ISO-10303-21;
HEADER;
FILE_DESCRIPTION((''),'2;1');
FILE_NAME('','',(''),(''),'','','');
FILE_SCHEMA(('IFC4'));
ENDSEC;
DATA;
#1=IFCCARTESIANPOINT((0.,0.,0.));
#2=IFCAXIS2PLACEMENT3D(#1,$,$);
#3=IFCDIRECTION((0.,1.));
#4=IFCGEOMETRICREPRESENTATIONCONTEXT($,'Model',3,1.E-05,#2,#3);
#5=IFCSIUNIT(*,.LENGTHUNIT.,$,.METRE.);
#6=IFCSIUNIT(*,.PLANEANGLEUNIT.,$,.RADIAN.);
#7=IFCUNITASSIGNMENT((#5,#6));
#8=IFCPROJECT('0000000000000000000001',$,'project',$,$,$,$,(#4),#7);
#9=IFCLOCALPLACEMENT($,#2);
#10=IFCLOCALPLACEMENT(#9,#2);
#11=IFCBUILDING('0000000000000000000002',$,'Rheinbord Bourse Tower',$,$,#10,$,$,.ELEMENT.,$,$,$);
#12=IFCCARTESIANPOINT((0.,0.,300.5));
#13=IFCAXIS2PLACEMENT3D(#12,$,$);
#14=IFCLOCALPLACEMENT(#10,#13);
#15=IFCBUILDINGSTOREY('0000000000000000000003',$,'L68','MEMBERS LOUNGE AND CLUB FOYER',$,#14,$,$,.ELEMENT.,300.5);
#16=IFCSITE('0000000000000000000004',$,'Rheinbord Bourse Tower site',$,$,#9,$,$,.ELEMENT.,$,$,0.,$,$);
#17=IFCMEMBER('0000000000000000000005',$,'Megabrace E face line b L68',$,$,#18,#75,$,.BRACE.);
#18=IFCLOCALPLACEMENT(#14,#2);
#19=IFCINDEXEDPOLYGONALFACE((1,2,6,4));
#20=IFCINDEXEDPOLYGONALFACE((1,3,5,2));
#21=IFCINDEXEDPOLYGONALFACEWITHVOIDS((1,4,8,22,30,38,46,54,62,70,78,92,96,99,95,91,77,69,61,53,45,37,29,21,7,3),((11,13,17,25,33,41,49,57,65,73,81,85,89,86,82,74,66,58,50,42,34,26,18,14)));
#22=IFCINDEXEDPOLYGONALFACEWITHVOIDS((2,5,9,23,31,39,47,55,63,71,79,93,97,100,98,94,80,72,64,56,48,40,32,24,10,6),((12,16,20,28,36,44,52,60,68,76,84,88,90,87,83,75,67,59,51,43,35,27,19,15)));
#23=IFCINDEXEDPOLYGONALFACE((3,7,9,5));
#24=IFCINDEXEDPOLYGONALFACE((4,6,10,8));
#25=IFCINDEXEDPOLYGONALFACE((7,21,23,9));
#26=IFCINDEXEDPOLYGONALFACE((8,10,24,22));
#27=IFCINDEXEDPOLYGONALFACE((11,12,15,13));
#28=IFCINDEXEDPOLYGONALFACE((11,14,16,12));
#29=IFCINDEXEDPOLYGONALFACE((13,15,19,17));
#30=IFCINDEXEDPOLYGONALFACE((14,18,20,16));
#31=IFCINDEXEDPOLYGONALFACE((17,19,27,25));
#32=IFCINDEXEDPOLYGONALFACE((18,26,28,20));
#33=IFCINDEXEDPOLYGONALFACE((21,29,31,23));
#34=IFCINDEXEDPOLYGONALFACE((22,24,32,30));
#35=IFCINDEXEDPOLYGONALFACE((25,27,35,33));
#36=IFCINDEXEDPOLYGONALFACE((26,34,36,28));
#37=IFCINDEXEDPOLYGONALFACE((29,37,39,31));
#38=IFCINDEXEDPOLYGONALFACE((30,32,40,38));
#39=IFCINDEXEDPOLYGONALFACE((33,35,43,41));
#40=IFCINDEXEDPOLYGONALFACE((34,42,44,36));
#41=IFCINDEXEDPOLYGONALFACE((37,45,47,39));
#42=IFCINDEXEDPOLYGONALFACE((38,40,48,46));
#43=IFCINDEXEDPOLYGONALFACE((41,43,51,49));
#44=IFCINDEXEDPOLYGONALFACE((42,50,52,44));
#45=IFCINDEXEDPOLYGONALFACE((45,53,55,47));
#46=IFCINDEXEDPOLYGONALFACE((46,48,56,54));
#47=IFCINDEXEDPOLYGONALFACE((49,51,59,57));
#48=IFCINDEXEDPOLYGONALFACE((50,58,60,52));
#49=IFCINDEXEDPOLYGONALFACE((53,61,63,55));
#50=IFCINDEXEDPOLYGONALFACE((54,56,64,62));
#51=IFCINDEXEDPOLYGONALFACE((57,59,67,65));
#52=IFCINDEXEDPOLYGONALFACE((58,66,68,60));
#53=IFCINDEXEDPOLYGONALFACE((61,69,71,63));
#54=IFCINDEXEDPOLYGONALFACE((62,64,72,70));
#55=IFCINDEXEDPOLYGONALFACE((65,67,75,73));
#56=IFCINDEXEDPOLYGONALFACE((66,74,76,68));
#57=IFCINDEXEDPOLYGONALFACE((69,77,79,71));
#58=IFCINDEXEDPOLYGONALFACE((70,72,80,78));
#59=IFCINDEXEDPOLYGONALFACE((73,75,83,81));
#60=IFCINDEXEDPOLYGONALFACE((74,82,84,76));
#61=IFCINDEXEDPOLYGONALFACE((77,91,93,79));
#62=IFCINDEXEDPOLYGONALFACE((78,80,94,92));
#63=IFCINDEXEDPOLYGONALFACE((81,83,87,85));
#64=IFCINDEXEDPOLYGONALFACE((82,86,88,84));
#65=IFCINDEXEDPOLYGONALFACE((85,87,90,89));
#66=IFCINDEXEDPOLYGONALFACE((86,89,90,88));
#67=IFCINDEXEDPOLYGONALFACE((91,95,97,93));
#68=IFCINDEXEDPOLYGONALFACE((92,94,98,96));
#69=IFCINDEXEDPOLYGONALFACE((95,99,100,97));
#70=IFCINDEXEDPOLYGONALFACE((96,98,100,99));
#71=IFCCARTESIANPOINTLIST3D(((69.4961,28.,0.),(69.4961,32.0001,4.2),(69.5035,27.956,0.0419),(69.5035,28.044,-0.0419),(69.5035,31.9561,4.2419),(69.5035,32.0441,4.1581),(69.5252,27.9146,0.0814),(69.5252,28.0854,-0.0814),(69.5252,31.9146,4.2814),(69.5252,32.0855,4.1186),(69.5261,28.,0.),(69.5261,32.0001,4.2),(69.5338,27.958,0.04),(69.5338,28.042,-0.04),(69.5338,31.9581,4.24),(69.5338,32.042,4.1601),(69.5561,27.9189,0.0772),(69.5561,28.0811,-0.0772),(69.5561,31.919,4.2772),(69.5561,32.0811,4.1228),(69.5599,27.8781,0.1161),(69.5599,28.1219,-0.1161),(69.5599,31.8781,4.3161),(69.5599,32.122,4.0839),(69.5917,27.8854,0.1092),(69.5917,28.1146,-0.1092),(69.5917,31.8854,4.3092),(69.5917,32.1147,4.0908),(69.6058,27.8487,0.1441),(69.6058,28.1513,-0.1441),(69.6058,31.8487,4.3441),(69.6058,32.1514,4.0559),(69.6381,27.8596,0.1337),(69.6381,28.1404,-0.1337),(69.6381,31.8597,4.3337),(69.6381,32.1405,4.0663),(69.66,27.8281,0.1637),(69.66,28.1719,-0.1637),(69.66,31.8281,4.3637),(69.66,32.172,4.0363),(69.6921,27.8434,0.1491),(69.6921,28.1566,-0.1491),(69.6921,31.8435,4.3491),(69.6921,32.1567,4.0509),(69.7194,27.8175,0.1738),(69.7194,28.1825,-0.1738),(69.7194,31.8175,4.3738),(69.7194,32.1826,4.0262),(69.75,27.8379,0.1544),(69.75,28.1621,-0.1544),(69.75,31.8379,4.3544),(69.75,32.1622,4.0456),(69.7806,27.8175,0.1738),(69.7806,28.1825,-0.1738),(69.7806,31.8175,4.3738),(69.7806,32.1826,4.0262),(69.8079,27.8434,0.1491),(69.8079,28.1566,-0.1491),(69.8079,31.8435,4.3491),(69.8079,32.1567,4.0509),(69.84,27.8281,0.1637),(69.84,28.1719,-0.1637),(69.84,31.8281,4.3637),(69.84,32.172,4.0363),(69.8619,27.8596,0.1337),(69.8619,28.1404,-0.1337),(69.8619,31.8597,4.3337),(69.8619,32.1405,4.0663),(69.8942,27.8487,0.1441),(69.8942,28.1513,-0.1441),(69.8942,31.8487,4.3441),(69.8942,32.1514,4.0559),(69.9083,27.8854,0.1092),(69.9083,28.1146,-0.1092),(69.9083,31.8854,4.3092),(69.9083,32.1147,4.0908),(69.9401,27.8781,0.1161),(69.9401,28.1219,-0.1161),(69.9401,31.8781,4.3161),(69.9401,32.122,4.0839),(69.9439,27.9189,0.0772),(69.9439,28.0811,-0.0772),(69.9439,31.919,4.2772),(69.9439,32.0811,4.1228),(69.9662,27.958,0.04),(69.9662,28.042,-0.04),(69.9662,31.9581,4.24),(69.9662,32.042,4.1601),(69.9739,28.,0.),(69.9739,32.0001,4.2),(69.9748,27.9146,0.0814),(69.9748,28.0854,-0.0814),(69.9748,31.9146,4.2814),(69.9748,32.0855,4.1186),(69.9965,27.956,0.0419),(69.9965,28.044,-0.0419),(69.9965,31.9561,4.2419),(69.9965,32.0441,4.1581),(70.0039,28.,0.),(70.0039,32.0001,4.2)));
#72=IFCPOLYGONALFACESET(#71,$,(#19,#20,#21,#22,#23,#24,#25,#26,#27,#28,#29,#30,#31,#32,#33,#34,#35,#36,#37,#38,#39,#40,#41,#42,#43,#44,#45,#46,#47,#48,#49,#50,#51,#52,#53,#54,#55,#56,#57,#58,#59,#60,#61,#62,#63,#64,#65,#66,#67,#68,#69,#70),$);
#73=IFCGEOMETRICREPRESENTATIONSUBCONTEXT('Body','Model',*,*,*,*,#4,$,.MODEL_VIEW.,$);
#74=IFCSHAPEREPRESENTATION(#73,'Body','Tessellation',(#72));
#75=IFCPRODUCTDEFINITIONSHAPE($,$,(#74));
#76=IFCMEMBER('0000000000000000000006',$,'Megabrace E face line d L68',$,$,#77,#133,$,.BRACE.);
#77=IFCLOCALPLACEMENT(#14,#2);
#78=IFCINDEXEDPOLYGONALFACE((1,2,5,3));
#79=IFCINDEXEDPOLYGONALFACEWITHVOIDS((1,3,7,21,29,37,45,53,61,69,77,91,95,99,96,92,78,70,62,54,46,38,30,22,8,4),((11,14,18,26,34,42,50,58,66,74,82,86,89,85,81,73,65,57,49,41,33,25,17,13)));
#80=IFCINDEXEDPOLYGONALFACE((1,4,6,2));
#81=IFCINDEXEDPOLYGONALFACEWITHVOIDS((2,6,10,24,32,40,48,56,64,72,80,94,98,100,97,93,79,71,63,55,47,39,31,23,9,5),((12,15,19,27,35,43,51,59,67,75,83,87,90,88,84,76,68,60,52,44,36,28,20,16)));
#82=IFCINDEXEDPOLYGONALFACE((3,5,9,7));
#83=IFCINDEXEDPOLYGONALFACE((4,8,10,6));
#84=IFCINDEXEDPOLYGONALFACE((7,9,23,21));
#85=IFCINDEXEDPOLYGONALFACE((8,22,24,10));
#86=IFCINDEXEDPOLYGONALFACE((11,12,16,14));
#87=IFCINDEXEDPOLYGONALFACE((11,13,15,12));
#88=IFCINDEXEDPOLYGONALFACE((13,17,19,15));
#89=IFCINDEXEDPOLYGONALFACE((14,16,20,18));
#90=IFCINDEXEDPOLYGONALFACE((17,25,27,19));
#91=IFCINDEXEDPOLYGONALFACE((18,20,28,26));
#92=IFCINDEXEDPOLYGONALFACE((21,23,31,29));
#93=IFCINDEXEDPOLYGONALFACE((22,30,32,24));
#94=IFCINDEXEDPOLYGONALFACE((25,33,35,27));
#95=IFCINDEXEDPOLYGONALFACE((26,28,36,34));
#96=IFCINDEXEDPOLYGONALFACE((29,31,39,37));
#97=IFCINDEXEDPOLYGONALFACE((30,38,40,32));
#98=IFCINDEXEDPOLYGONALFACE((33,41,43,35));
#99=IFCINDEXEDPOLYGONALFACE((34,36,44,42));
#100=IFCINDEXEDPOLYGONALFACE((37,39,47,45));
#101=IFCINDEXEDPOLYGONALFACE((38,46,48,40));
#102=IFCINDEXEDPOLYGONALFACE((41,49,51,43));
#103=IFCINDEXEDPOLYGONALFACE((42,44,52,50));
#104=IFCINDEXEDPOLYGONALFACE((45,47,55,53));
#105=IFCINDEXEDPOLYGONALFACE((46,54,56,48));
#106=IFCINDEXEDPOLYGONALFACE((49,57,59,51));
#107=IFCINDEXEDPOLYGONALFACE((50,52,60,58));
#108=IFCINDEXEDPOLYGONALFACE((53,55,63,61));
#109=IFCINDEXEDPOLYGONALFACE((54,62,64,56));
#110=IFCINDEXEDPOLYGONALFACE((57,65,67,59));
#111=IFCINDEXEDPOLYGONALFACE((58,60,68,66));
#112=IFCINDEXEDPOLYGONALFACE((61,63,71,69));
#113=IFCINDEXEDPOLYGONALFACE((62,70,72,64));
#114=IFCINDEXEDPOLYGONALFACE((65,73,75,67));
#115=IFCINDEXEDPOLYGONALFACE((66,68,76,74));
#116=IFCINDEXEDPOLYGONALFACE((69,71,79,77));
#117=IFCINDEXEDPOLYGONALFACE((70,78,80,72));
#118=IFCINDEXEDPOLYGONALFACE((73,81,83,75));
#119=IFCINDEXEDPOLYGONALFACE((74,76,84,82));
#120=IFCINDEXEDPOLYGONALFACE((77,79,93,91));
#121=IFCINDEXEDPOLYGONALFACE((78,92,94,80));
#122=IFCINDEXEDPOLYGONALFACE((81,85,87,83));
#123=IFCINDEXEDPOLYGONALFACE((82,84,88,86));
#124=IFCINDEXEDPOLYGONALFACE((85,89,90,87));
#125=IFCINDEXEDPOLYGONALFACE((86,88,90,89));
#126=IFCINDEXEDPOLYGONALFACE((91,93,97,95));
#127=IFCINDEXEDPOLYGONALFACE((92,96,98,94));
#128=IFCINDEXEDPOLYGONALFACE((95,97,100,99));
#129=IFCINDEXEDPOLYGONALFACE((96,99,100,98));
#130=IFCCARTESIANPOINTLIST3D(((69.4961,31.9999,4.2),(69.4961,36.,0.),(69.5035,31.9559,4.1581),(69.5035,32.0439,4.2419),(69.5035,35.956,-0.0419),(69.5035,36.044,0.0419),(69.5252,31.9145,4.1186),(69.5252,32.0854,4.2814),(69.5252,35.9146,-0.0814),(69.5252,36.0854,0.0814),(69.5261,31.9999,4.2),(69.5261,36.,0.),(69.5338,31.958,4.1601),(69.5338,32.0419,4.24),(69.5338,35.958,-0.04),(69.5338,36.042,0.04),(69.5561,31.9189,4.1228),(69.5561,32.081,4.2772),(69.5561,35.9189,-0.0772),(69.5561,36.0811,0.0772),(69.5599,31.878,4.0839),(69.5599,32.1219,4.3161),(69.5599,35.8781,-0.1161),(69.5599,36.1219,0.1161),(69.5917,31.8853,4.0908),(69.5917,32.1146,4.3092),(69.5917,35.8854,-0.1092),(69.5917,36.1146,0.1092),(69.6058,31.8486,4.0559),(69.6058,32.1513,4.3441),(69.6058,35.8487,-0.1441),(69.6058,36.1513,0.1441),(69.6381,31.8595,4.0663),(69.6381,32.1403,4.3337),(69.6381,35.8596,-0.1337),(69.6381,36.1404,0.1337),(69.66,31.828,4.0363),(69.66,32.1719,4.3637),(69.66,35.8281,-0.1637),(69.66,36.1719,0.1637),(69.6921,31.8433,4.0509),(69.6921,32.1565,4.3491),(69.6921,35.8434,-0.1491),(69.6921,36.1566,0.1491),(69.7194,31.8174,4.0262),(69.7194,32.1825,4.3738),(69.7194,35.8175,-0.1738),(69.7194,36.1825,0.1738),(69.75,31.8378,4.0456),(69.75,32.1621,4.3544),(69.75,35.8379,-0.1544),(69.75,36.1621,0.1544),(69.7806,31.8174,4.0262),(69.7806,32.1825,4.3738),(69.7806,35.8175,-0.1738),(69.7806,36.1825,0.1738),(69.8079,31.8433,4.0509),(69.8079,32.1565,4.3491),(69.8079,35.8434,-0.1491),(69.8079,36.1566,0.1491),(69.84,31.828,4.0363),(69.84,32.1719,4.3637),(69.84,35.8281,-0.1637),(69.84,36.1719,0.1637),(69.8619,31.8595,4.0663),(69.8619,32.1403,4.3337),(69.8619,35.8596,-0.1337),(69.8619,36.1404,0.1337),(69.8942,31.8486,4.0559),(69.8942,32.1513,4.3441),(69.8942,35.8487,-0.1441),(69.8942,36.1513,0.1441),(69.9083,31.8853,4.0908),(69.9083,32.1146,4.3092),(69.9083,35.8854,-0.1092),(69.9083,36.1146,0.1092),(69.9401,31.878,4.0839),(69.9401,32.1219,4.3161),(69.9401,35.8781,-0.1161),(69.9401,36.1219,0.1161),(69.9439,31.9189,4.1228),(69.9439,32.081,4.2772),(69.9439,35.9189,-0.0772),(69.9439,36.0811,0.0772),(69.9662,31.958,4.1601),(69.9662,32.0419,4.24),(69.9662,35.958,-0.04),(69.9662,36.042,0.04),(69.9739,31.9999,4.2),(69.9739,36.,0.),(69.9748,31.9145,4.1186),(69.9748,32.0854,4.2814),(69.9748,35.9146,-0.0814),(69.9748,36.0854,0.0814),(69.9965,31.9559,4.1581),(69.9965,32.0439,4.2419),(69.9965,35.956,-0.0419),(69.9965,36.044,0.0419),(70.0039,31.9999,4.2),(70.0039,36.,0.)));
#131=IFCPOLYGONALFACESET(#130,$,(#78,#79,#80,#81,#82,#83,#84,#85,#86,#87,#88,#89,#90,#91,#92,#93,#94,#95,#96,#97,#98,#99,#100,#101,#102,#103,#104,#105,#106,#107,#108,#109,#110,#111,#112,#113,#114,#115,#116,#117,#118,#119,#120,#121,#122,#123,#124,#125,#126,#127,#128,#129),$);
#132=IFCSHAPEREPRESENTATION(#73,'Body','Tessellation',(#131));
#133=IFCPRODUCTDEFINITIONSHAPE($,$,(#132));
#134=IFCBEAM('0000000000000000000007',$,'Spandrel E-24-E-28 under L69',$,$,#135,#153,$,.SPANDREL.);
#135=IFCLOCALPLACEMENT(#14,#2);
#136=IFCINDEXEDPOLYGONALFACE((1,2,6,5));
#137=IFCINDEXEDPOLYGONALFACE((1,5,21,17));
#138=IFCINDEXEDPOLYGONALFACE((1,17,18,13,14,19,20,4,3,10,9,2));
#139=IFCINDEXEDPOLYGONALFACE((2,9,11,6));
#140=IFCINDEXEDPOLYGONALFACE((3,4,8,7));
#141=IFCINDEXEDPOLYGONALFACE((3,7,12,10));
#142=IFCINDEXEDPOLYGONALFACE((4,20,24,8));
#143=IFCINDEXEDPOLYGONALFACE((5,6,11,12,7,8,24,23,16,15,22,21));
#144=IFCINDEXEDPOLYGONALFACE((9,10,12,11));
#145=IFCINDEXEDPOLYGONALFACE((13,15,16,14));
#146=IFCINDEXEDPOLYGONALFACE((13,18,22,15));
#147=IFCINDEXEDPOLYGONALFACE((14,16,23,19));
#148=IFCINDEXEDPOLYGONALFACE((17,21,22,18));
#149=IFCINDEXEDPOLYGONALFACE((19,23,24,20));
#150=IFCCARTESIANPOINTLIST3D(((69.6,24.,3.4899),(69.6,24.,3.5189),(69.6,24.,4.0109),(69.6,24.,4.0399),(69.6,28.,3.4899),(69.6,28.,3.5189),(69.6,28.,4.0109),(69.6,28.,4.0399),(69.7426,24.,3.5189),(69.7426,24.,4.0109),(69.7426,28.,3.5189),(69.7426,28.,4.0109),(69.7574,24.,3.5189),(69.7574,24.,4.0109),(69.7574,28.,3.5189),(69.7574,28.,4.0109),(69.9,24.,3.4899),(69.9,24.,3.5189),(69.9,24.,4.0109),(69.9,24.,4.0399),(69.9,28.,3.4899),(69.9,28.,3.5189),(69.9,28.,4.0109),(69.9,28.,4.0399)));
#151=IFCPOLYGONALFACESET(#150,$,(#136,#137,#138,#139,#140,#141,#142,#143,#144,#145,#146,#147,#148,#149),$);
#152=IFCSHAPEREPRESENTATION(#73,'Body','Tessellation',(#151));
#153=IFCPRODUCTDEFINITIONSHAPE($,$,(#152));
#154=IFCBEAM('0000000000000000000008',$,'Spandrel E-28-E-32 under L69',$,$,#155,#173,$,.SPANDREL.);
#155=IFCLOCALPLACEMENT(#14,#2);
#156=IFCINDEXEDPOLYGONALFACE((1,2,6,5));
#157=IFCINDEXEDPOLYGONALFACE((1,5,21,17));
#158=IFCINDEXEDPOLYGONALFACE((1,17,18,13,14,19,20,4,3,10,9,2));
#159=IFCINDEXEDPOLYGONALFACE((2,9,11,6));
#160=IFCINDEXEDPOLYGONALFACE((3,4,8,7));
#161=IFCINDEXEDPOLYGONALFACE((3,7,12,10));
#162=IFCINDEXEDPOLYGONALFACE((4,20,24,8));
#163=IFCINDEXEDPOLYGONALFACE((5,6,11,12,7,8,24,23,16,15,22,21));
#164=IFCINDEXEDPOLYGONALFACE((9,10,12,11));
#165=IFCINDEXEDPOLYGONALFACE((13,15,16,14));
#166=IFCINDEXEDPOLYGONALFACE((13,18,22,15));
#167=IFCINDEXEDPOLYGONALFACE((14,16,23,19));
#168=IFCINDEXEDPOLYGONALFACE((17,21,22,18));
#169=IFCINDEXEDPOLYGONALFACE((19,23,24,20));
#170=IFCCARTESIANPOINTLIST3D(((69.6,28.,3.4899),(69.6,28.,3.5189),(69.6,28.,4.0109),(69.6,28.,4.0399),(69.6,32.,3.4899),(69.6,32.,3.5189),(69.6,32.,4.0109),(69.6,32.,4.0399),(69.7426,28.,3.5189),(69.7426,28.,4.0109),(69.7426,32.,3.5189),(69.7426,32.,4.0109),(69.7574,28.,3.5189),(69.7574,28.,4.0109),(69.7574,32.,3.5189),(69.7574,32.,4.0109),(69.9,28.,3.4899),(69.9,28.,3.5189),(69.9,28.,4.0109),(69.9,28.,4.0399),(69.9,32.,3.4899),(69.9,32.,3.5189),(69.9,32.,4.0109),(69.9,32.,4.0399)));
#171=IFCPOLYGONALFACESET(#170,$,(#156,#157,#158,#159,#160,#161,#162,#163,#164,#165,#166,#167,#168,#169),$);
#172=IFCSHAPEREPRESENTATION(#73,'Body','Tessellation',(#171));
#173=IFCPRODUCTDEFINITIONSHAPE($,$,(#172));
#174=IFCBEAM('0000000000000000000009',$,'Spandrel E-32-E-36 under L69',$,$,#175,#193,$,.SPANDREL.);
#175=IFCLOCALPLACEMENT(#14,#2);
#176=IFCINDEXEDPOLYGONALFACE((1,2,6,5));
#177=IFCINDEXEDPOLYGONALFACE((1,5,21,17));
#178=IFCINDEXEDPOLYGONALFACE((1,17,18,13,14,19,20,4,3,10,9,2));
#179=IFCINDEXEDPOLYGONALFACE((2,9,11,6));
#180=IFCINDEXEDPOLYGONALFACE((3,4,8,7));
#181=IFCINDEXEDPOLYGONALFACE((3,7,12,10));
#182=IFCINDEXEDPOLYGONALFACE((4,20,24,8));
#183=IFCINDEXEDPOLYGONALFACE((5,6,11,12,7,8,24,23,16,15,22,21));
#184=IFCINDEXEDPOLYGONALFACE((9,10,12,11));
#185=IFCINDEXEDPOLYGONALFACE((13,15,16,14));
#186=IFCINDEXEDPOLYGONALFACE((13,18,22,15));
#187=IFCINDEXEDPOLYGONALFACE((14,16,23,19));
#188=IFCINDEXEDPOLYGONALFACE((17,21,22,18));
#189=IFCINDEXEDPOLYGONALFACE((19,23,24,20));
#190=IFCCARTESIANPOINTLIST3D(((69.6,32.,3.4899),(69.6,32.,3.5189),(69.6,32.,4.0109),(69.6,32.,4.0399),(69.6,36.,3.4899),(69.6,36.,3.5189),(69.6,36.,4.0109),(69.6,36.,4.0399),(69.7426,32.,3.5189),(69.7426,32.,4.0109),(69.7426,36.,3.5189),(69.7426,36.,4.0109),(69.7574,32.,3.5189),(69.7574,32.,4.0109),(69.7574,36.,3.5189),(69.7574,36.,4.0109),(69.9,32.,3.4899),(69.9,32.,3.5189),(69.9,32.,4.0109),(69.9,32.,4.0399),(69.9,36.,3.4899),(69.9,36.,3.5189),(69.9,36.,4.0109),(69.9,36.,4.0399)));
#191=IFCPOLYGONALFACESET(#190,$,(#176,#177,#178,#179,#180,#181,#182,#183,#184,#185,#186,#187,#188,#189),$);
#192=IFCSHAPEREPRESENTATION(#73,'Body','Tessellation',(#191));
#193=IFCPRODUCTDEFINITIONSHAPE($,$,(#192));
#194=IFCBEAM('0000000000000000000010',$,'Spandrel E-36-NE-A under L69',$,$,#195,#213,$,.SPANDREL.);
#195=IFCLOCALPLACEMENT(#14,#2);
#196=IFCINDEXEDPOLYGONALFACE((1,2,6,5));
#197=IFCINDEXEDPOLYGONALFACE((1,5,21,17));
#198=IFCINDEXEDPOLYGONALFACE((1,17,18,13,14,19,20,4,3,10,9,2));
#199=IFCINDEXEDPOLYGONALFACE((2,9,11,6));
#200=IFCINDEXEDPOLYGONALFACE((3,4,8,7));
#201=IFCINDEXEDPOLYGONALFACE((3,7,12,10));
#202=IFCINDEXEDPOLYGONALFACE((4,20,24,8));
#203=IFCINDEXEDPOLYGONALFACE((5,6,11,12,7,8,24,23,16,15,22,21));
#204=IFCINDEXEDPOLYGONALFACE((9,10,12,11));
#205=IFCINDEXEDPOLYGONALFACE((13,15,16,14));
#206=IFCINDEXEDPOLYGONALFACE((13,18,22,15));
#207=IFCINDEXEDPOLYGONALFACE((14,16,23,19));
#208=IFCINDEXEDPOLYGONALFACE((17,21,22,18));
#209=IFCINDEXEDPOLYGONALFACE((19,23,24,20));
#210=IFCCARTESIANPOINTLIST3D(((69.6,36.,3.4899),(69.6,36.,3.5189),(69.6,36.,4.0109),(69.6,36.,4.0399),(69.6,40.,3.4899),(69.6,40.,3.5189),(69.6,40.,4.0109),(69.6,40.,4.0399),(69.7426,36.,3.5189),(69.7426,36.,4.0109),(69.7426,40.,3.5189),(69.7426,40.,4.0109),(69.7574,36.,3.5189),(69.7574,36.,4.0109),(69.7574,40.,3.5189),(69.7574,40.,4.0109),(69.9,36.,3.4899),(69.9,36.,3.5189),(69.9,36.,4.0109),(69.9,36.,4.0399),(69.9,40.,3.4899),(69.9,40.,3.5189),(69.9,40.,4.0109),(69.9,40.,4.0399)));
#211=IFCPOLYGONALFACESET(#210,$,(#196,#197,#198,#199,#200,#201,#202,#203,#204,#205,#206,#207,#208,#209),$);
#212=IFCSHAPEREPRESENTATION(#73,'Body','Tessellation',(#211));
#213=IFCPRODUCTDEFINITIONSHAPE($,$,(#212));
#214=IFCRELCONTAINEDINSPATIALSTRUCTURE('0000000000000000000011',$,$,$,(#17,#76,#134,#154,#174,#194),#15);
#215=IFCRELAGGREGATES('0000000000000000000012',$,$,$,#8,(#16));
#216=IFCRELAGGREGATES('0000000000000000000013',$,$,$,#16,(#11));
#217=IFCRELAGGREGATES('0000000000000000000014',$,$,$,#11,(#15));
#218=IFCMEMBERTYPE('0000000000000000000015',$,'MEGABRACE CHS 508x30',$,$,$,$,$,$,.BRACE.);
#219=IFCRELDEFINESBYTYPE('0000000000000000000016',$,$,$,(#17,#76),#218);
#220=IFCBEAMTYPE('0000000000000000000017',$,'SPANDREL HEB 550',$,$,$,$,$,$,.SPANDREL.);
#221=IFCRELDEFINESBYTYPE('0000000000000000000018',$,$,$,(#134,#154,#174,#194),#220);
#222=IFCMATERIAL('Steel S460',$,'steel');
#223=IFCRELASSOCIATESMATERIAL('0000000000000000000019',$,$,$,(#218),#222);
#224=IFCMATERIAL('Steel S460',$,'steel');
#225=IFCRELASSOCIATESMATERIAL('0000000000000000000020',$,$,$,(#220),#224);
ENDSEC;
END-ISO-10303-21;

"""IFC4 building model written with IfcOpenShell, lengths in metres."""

from ifc_helpers import new_model, si_unit, direction, frame, origin, origin_2d, place, context, subcontext, project, spatial, hollow_circle, i_section, extrude, material, material_profile, profile_set, type_object, element, save


model = new_model("IFC4")

# Units and contexts
model_context = context("Model", 3, precision=1e-05, world=origin(), true_north=direction((0.0, 1.0)))
body_context = subcontext(model_context, "Body", "Model", "MODEL_VIEW")
ifc_project = project(units=[si_unit("LENGTHUNIT", "METRE"), si_unit("PLANEANGLEUNIT", "RADIAN")], contexts=[model_context])

# Site, building, storey
site_placement = place(None, origin())
site = spatial("IfcSite", under=ifc_project, at=site_placement, Name="Rheinbord Bourse Tower site", CompositionType="ELEMENT", RefElevation=0.0)
building_placement = place(site_placement, origin())
building = spatial("IfcBuilding", under=site, at=building_placement, Name="Rheinbord Bourse Tower", CompositionType="ELEMENT")
storey_placement = place(building_placement, frame((0.0, 0.0, 300.5)))
storey = spatial("IfcBuildingStorey", under=building, at=storey_placement, Name="L68", Description="MEMBERS LOUNGE AND CLUB FOYER", CompositionType="ELEMENT", Elevation=300.5)

# Members
ifc_material_1 = material(Name="Steel S460", Category="steel")
ifc_material_profile_1 = material_profile(ifc_material_1, hollow_circle(Radius=0.2539, WallThickness=0.03, at=origin_2d()), Name="CHS 508x30")
ifc_profile_set_1 = profile_set([ifc_material_profile_1], Name="Steel S460")
member_type_1 = type_object("IfcMemberType", Name="MEGABRACE CHS 508x30", PredefinedType="BRACE", material=ifc_profile_set_1)
for number, where, z_axis, x_axis, name in (
    (1, (69.75, 28.0, 0.0), (0.0, 0.689659, 0.724134), (-1.0, 0.0, 0.0), "Megabrace E face line b L68"),
    (2, (69.75, 36.0, 0.0), (0.0, -0.689659, 0.724134), (1.0, 0.0, 0.0), "Megabrace E face line d L68"),
):
    element("IfcMember", number, at=place(storey_placement, frame(where, z_axis=z_axis, x_axis=x_axis)), inside=storey, type_object=member_type_1, Name=name, PredefinedType="BRACE", context=body_context, shape_type="SweptSolid", body=[
        extrude(hollow_circle(Radius=0.2539, WallThickness=0.03, at=origin_2d()), origin(), (0.0, 0.0, 1.0), 5.8),
    ])

# Beams
ifc_material_2 = material(Name="Steel S460", Category="steel")
ifc_material_profile_2 = material_profile(ifc_material_2, i_section(OverallWidth=0.3, OverallDepth=0.55, WebThickness=0.0149, FlangeThickness=0.0291, at=origin_2d()), Name="HEB 550")
ifc_profile_set_2 = profile_set([ifc_material_profile_2], Name="Steel S460")
beam_type_1 = type_object("IfcBeamType", Name="SPANDREL HEB 550", PredefinedType="SPANDREL", material=ifc_profile_set_2)
for number, where, z_axis, x_axis, name in (
    (3, (69.75, 24.0, 3.7649), (0.0, 1.0, 0.0), (-1.0, 0.0, 0.0), "Spandrel E-24-E-28 under L69"),
    (4, (69.75, 28.0, 3.7649), (0.0, 1.0, 0.0), (-1.0, 0.0, 0.0), "Spandrel E-28-E-32 under L69"),
    (5, (69.75, 32.0, 3.7649), (0.0, 1.0, 0.0), (-1.0, 0.0, 0.0), "Spandrel E-32-E-36 under L69"),
    (6, (69.75, 36.0, 3.7649), (0.0, 1.0, 0.0), (-1.0, 0.0, 0.0), "Spandrel E-36-NE-A under L69"),
):
    element("IfcBeam", number, at=place(storey_placement, frame(where, z_axis=z_axis, x_axis=x_axis)), inside=storey, type_object=beam_type_1, Name=name, PredefinedType="SPANDREL", context=body_context, shape_type="SweptSolid", body=[
        extrude(i_section(OverallWidth=0.3, OverallDepth=0.55, WebThickness=0.0149, FlangeThickness=0.0291, at=origin_2d()), origin(), (0.0, 0.0, 1.0), 4.0),
    ])

save(model, "model.ifc")
